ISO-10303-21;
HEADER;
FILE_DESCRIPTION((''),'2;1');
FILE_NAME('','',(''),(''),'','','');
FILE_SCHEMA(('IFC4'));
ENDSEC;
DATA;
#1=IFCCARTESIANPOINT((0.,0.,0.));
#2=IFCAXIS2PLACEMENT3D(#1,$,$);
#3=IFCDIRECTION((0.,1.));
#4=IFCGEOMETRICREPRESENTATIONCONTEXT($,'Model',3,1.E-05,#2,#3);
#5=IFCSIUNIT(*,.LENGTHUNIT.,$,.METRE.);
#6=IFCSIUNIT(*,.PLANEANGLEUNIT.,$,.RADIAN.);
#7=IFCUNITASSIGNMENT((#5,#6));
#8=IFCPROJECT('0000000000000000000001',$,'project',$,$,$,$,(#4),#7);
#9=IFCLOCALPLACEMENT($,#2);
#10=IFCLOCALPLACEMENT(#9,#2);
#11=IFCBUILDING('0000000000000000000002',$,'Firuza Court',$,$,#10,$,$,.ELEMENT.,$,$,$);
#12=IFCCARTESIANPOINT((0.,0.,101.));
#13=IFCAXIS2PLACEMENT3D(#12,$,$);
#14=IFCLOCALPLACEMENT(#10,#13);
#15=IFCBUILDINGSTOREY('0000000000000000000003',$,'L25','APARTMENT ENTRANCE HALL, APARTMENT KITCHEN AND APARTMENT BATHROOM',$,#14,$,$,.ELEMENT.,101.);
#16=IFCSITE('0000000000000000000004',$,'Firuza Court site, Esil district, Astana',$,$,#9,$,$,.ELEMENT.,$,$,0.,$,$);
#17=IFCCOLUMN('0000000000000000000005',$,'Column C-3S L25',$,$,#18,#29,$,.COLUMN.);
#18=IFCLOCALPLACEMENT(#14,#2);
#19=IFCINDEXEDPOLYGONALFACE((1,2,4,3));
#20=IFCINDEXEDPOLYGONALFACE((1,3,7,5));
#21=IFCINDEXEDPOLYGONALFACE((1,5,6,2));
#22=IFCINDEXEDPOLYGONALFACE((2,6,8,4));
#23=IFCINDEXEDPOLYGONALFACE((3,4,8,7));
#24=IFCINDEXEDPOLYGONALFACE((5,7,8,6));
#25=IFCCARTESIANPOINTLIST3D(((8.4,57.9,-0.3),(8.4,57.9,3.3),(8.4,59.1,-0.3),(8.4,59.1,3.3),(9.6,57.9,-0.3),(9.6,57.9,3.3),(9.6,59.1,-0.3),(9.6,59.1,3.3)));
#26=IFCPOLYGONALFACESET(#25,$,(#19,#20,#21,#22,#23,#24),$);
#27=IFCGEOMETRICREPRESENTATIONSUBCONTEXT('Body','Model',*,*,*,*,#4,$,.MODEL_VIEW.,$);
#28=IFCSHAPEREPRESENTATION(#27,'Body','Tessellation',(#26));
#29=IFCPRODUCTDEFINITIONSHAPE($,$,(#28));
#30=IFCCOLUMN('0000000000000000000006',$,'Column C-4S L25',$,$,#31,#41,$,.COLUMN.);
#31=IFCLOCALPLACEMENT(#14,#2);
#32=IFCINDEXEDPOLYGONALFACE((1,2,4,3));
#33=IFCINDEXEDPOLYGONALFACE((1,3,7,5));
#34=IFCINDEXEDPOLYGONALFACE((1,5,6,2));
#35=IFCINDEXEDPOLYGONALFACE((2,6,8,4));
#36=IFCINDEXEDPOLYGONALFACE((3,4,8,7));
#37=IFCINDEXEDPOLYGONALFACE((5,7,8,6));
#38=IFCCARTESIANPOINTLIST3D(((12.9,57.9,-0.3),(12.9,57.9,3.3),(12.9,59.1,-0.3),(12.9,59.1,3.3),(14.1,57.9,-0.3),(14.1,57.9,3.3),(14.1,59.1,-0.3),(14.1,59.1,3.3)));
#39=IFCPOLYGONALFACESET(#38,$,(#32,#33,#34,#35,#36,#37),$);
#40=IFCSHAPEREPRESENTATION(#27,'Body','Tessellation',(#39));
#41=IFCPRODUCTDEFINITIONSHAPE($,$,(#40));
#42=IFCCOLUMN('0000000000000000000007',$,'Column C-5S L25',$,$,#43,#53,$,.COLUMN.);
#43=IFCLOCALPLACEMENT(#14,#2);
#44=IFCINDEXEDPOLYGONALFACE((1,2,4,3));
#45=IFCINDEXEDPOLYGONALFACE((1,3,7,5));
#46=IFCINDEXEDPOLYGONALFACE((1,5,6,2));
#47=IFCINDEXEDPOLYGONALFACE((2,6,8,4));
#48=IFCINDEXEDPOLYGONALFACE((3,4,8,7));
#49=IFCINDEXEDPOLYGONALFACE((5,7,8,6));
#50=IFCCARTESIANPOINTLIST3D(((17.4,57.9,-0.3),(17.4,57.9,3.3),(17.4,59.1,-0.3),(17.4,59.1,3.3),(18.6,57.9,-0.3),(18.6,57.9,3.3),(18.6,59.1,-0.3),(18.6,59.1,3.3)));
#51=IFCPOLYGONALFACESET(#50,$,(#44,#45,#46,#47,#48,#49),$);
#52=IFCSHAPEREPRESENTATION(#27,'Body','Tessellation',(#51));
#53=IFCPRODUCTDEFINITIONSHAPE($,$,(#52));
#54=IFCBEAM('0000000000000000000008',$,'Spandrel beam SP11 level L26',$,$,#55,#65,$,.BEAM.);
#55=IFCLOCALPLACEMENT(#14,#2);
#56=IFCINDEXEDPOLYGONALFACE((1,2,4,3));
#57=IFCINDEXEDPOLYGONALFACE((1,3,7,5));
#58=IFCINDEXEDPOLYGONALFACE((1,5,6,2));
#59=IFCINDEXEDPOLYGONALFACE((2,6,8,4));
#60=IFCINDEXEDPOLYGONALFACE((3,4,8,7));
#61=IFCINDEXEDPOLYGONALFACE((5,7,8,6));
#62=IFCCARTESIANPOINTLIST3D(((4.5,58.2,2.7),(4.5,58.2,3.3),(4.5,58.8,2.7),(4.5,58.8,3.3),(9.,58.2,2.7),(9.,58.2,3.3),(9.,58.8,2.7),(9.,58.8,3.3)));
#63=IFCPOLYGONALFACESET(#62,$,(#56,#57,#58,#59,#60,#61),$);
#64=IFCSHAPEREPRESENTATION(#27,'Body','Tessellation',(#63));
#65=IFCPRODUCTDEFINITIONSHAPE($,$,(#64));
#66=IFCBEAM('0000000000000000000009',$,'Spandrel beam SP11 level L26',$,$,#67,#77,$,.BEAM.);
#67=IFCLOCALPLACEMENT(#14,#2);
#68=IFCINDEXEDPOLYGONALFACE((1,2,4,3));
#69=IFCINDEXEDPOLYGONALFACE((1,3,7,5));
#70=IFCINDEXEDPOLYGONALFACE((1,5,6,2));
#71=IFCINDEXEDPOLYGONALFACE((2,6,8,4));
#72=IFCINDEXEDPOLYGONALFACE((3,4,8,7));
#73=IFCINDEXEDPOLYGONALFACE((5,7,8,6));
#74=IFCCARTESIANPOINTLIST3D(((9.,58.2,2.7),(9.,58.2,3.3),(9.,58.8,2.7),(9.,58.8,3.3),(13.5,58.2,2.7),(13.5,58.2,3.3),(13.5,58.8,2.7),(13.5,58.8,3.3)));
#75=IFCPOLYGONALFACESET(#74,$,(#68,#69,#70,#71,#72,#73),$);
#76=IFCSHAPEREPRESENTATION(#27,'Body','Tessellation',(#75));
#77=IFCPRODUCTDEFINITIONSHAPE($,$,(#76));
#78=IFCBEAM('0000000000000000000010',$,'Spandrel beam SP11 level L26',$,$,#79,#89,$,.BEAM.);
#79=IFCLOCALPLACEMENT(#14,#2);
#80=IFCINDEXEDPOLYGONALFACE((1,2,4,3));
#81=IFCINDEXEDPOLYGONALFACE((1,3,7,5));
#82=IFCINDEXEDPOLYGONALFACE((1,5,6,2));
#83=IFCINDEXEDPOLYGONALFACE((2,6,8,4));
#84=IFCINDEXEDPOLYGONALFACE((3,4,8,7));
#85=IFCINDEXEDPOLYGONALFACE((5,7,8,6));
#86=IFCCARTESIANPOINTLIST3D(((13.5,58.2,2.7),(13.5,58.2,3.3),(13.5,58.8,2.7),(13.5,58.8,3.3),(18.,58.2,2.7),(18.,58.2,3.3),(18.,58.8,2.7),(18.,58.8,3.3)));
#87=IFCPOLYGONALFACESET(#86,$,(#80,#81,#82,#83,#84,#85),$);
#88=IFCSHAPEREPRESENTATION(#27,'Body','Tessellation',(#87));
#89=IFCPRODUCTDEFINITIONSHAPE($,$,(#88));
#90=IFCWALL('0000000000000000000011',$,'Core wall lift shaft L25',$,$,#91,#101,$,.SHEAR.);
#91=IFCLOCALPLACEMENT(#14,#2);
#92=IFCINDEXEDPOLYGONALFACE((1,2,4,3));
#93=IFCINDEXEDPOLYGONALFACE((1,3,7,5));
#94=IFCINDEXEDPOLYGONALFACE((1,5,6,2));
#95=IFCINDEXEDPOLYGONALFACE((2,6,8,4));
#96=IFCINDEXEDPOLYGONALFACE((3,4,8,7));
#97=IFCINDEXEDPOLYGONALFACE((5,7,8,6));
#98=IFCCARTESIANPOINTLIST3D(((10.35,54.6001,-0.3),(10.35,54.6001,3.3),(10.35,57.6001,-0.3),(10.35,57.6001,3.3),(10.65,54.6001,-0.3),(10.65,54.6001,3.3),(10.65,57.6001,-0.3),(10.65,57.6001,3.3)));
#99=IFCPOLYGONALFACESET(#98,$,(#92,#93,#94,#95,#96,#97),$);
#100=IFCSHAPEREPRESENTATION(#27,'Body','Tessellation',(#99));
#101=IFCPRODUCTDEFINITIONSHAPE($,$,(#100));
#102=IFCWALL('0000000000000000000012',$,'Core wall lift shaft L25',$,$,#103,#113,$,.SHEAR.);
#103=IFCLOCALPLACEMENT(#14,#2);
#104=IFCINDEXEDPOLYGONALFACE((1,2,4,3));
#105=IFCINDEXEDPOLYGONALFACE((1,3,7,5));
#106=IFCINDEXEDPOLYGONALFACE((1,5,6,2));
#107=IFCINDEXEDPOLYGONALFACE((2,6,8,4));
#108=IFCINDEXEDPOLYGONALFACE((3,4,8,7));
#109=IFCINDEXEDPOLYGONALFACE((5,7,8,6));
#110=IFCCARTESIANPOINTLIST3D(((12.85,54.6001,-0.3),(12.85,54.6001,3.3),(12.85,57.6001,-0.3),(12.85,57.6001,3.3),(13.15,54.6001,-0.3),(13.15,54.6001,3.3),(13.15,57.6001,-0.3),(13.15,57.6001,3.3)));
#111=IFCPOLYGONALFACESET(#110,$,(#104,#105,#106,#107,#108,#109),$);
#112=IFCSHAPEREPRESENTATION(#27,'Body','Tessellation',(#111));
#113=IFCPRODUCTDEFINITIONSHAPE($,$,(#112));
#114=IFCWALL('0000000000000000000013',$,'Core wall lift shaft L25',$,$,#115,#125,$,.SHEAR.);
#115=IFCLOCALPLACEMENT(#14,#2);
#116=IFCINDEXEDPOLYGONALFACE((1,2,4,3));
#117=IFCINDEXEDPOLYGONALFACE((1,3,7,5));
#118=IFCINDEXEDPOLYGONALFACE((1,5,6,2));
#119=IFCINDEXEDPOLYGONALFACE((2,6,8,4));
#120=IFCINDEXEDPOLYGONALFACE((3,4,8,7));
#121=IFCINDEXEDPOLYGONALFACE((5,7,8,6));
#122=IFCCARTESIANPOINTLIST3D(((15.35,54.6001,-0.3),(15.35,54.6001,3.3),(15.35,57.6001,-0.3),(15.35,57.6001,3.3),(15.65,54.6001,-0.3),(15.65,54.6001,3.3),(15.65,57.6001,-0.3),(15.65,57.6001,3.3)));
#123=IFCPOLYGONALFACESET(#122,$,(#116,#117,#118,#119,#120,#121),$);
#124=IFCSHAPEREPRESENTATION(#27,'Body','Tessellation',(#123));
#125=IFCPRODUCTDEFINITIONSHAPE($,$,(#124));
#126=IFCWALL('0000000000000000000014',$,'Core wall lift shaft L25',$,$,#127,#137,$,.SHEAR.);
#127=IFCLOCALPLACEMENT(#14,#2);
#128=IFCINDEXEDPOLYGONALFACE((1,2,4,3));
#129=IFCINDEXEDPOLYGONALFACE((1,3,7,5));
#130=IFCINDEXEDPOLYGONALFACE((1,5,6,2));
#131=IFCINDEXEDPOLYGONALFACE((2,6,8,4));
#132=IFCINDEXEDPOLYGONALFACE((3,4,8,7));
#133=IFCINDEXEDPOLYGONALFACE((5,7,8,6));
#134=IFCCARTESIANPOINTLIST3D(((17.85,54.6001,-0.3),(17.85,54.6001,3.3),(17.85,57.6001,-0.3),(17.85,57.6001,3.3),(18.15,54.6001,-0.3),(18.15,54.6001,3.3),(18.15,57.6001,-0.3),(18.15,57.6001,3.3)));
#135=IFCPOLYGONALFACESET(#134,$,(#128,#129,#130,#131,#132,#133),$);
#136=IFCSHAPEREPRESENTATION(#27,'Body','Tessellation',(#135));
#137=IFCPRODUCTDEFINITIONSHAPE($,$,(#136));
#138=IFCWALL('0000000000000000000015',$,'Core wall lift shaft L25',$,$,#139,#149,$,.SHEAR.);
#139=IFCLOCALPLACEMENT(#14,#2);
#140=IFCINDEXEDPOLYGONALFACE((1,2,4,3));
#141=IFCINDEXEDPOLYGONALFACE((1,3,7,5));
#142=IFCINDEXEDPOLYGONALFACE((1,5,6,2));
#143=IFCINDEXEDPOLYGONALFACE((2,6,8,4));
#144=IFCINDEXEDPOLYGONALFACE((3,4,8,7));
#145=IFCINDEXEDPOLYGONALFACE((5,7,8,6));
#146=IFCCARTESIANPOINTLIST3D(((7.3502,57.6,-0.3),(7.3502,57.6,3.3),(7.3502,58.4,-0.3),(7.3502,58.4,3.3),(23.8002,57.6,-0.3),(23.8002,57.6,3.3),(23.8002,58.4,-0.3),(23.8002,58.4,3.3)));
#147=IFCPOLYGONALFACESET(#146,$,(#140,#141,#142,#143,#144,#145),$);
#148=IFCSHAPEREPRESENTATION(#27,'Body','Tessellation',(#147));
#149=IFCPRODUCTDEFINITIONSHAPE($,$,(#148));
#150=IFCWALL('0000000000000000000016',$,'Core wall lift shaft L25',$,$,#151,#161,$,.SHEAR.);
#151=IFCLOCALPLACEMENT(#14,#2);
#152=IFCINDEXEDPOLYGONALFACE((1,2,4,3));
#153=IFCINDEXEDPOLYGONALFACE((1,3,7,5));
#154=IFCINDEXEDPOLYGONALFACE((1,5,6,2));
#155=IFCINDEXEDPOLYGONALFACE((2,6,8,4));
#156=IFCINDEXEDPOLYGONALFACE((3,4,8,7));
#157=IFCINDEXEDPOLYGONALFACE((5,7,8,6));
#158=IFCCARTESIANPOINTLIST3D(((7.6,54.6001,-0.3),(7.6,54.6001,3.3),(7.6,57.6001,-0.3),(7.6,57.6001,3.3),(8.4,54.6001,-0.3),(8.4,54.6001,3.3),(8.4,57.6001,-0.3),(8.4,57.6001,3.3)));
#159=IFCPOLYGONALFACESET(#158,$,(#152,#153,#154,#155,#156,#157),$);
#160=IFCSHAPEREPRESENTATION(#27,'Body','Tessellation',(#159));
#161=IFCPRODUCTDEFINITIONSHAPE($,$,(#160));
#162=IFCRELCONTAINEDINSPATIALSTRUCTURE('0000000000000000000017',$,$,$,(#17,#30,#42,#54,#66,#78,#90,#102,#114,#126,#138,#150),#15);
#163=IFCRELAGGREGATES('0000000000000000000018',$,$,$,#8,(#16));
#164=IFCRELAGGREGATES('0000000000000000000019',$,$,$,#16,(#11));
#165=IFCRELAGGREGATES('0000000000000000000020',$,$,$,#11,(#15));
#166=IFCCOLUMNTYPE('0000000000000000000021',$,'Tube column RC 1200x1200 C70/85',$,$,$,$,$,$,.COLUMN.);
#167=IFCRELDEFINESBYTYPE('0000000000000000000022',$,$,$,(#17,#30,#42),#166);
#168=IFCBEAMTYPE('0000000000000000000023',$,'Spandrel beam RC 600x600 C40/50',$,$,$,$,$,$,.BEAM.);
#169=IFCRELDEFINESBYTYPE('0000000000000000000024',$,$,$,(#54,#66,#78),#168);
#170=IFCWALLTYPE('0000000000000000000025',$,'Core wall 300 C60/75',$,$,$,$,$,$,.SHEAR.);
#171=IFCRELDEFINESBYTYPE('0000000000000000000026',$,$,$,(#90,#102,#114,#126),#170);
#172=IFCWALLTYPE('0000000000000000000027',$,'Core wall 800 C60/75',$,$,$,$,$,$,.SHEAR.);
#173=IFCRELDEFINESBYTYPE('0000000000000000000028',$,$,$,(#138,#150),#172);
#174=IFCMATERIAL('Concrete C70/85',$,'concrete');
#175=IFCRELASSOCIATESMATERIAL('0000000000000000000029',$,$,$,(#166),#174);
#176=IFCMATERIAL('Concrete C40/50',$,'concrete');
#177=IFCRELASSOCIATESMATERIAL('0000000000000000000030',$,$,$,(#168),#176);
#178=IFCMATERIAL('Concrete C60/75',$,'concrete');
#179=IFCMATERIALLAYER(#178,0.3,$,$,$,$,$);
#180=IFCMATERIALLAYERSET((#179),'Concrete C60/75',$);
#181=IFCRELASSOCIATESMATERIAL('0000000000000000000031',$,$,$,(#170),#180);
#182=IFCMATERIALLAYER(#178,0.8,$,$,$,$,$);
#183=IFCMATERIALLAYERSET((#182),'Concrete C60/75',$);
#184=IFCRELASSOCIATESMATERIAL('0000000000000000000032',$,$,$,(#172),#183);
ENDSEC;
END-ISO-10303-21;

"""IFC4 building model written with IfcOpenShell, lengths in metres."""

from ifc_helpers import new_model, si_unit, direction, frame, frame_2d, origin, origin_2d, place, context, subcontext, project, spatial, rectangle, extrude, material, layer, layer_set, material_profile, profile_set, type_object, element, save


model = new_model("IFC4")

# Units and contexts
model_context = context("Model", 3, precision=1e-05, world=origin(), true_north=direction((0.0, 1.0)))
body_context = subcontext(model_context, "Body", "Model", "MODEL_VIEW")
ifc_project = project(units=[si_unit("LENGTHUNIT", "METRE"), si_unit("PLANEANGLEUNIT", "RADIAN")], contexts=[model_context])

# Site, building, storey
site_placement = place(None, origin())
site = spatial("IfcSite", under=ifc_project, at=site_placement, Name="Firuza Court site, Esil district, Astana", CompositionType="ELEMENT", RefElevation=0.0)
building_placement = place(site_placement, origin())
building = spatial("IfcBuilding", under=site, at=building_placement, Name="Firuza Court", CompositionType="ELEMENT")
storey_placement = place(building_placement, frame((0.0, 0.0, 101.0)))
storey = spatial("IfcBuildingStorey", under=building, at=storey_placement, Name="L25", Description="APARTMENT ENTRANCE HALL, APARTMENT KITCHEN AND APARTMENT BATHROOM", CompositionType="ELEMENT", Elevation=101.0)

# Columns
ifc_material_1 = material(Name="Concrete C70/85", Category="concrete")
ifc_material_profile_1 = material_profile(ifc_material_1, rectangle(XDim=1.2, YDim=1.2, at=origin_2d()), Name="RC 1200x1200")
ifc_profile_set_1 = profile_set([ifc_material_profile_1], Name="Concrete C70/85")
column_type = type_object("IfcColumnType", Name="Tube column RC 1200x1200 C70/85", PredefinedType="COLUMN", material=ifc_profile_set_1)
for number, where, z_axis, x_axis, name in (
    (1, (9.0, 58.5, -0.3), (0.0, 0.0, 1.0), (1.0, 0.0, 0.0), "Column C-3S L25"),
    (2, (13.5, 58.5, -0.3), (0.0, 0.0, 1.0), (1.0, 0.0, 0.0), "Column C-4S L25"),
    (3, (18.0, 58.5, -0.3), (0.0, 0.0, 1.0), (1.0, 0.0, 0.0), "Column C-5S L25"),
):
    element("IfcColumn", number, at=place(storey_placement, frame(where, z_axis=z_axis, x_axis=x_axis)), inside=storey, type_object=column_type, Name=name, PredefinedType="COLUMN", context=body_context, shape_type="SweptSolid", body=[
        extrude(rectangle(XDim=1.2, YDim=1.2, at=origin_2d()), origin(), (0.0, 0.0, 1.0), 3.6001),
    ])

# Beams
ifc_material_2 = material(Name="Concrete C40/50", Category="concrete")
ifc_material_profile_2 = material_profile(ifc_material_2, rectangle(XDim=0.6001, YDim=0.6001, at=origin_2d()), Name="RC 600x600")
ifc_profile_set_2 = profile_set([ifc_material_profile_2], Name="Concrete C40/50")
beam_type = type_object("IfcBeamType", Name="Spandrel beam RC 600x600 C40/50", PredefinedType="BEAM", material=ifc_profile_set_2)
for number, where, z_axis, x_axis, name in (
    (4, (9.0, 58.5, 3.0), (-1.0, 0.0, 0.0), (0.0, -1.0, 0.0), "Spandrel beam SP11 level L26"),
    (5, (13.5, 58.5, 3.0), (-1.0, 0.0, 0.0), (0.0, -1.0, 0.0), "Spandrel beam SP11 level L26"),
    (6, (18.0, 58.5, 3.0), (-1.0, 0.0, 0.0), (0.0, -1.0, 0.0), "Spandrel beam SP11 level L26"),
):
    element("IfcBeam", number, at=place(storey_placement, frame(where, z_axis=z_axis, x_axis=x_axis)), inside=storey, type_object=beam_type, Name=name, PredefinedType="BEAM", context=body_context, shape_type="SweptSolid", body=[
        extrude(rectangle(XDim=0.6001, YDim=0.6001, at=origin_2d()), origin(), (0.0, 0.0, 1.0), 4.5),
    ])

# Walls
ifc_material_3 = material(Name="Concrete C60/75", Category="concrete")
ifc_layer_1 = layer(ifc_material_3, 0.3)
ifc_layer_set_1 = layer_set([ifc_layer_1], Name="Concrete C60/75")
wall_type_1 = type_object("IfcWallType", Name="Core wall 300 C60/75", PredefinedType="SHEAR", material=ifc_layer_set_1)
for number, where, z_axis, x_axis, name in (
    (7, (10.5, 54.6001, -0.3), (0.0, 0.0, 1.0), (0.0, 1.0, 0.0), "Core wall lift shaft L25"),
    (8, (13.0, 54.6001, -0.3), (0.0, 0.0, 1.0), (0.0, 1.0, 0.0), "Core wall lift shaft L25"),
    (9, (15.5, 54.6001, -0.3), (0.0, 0.0, 1.0), (0.0, 1.0, 0.0), "Core wall lift shaft L25"),
    (10, (18.0, 54.6001, -0.3), (0.0, 0.0, 1.0), (0.0, 1.0, 0.0), "Core wall lift shaft L25"),
):
    element("IfcWall", number, at=place(storey_placement, frame(where, z_axis=z_axis, x_axis=x_axis)), inside=storey, type_object=wall_type_1, Name=name, PredefinedType="SHEAR", context=body_context, shape_type="SweptSolid", body=[
        extrude(rectangle(XDim=3.0, YDim=0.3, at=frame_2d((1.5, 0.0))), origin(), (0.0, 0.0, 1.0), 3.6001),
    ])
ifc_layer_2 = layer(ifc_material_3, 0.8)
ifc_layer_set_2 = layer_set([ifc_layer_2], Name="Concrete C60/75")
wall_type_2 = type_object("IfcWallType", Name="Core wall 800 C60/75", PredefinedType="SHEAR", material=ifc_layer_set_2)
wall_1_placement = place(storey_placement, frame((7.3501, 58.0, -0.3), z_axis=(0.0, 0.0, 1.0), x_axis=(1.0, 0.0, 0.0)))
element("IfcWall", 11, at=wall_1_placement, inside=storey, type_object=wall_type_2, Name="Core wall lift shaft L25", PredefinedType="SHEAR", context=body_context, shape_type="SweptSolid", body=[
    extrude(rectangle(XDim=16.45, YDim=0.8, at=frame_2d((8.2251, 0.0))), origin(), (0.0, 0.0, 1.0), 3.6001),
])
wall_2_placement = place(storey_placement, frame((8.0, 54.6001, -0.3), z_axis=(0.0, 0.0, 1.0), x_axis=(0.0, 1.0, 0.0)))
element("IfcWall", 12, at=wall_2_placement, inside=storey, type_object=wall_type_2, Name="Core wall lift shaft L25", PredefinedType="SHEAR", context=body_context, shape_type="SweptSolid", body=[
    extrude(rectangle(XDim=3.0, YDim=0.8, at=frame_2d((1.5, 0.0))), origin(), (0.0, 0.0, 1.0), 3.6001),
])

save(model, "model.ifc")
